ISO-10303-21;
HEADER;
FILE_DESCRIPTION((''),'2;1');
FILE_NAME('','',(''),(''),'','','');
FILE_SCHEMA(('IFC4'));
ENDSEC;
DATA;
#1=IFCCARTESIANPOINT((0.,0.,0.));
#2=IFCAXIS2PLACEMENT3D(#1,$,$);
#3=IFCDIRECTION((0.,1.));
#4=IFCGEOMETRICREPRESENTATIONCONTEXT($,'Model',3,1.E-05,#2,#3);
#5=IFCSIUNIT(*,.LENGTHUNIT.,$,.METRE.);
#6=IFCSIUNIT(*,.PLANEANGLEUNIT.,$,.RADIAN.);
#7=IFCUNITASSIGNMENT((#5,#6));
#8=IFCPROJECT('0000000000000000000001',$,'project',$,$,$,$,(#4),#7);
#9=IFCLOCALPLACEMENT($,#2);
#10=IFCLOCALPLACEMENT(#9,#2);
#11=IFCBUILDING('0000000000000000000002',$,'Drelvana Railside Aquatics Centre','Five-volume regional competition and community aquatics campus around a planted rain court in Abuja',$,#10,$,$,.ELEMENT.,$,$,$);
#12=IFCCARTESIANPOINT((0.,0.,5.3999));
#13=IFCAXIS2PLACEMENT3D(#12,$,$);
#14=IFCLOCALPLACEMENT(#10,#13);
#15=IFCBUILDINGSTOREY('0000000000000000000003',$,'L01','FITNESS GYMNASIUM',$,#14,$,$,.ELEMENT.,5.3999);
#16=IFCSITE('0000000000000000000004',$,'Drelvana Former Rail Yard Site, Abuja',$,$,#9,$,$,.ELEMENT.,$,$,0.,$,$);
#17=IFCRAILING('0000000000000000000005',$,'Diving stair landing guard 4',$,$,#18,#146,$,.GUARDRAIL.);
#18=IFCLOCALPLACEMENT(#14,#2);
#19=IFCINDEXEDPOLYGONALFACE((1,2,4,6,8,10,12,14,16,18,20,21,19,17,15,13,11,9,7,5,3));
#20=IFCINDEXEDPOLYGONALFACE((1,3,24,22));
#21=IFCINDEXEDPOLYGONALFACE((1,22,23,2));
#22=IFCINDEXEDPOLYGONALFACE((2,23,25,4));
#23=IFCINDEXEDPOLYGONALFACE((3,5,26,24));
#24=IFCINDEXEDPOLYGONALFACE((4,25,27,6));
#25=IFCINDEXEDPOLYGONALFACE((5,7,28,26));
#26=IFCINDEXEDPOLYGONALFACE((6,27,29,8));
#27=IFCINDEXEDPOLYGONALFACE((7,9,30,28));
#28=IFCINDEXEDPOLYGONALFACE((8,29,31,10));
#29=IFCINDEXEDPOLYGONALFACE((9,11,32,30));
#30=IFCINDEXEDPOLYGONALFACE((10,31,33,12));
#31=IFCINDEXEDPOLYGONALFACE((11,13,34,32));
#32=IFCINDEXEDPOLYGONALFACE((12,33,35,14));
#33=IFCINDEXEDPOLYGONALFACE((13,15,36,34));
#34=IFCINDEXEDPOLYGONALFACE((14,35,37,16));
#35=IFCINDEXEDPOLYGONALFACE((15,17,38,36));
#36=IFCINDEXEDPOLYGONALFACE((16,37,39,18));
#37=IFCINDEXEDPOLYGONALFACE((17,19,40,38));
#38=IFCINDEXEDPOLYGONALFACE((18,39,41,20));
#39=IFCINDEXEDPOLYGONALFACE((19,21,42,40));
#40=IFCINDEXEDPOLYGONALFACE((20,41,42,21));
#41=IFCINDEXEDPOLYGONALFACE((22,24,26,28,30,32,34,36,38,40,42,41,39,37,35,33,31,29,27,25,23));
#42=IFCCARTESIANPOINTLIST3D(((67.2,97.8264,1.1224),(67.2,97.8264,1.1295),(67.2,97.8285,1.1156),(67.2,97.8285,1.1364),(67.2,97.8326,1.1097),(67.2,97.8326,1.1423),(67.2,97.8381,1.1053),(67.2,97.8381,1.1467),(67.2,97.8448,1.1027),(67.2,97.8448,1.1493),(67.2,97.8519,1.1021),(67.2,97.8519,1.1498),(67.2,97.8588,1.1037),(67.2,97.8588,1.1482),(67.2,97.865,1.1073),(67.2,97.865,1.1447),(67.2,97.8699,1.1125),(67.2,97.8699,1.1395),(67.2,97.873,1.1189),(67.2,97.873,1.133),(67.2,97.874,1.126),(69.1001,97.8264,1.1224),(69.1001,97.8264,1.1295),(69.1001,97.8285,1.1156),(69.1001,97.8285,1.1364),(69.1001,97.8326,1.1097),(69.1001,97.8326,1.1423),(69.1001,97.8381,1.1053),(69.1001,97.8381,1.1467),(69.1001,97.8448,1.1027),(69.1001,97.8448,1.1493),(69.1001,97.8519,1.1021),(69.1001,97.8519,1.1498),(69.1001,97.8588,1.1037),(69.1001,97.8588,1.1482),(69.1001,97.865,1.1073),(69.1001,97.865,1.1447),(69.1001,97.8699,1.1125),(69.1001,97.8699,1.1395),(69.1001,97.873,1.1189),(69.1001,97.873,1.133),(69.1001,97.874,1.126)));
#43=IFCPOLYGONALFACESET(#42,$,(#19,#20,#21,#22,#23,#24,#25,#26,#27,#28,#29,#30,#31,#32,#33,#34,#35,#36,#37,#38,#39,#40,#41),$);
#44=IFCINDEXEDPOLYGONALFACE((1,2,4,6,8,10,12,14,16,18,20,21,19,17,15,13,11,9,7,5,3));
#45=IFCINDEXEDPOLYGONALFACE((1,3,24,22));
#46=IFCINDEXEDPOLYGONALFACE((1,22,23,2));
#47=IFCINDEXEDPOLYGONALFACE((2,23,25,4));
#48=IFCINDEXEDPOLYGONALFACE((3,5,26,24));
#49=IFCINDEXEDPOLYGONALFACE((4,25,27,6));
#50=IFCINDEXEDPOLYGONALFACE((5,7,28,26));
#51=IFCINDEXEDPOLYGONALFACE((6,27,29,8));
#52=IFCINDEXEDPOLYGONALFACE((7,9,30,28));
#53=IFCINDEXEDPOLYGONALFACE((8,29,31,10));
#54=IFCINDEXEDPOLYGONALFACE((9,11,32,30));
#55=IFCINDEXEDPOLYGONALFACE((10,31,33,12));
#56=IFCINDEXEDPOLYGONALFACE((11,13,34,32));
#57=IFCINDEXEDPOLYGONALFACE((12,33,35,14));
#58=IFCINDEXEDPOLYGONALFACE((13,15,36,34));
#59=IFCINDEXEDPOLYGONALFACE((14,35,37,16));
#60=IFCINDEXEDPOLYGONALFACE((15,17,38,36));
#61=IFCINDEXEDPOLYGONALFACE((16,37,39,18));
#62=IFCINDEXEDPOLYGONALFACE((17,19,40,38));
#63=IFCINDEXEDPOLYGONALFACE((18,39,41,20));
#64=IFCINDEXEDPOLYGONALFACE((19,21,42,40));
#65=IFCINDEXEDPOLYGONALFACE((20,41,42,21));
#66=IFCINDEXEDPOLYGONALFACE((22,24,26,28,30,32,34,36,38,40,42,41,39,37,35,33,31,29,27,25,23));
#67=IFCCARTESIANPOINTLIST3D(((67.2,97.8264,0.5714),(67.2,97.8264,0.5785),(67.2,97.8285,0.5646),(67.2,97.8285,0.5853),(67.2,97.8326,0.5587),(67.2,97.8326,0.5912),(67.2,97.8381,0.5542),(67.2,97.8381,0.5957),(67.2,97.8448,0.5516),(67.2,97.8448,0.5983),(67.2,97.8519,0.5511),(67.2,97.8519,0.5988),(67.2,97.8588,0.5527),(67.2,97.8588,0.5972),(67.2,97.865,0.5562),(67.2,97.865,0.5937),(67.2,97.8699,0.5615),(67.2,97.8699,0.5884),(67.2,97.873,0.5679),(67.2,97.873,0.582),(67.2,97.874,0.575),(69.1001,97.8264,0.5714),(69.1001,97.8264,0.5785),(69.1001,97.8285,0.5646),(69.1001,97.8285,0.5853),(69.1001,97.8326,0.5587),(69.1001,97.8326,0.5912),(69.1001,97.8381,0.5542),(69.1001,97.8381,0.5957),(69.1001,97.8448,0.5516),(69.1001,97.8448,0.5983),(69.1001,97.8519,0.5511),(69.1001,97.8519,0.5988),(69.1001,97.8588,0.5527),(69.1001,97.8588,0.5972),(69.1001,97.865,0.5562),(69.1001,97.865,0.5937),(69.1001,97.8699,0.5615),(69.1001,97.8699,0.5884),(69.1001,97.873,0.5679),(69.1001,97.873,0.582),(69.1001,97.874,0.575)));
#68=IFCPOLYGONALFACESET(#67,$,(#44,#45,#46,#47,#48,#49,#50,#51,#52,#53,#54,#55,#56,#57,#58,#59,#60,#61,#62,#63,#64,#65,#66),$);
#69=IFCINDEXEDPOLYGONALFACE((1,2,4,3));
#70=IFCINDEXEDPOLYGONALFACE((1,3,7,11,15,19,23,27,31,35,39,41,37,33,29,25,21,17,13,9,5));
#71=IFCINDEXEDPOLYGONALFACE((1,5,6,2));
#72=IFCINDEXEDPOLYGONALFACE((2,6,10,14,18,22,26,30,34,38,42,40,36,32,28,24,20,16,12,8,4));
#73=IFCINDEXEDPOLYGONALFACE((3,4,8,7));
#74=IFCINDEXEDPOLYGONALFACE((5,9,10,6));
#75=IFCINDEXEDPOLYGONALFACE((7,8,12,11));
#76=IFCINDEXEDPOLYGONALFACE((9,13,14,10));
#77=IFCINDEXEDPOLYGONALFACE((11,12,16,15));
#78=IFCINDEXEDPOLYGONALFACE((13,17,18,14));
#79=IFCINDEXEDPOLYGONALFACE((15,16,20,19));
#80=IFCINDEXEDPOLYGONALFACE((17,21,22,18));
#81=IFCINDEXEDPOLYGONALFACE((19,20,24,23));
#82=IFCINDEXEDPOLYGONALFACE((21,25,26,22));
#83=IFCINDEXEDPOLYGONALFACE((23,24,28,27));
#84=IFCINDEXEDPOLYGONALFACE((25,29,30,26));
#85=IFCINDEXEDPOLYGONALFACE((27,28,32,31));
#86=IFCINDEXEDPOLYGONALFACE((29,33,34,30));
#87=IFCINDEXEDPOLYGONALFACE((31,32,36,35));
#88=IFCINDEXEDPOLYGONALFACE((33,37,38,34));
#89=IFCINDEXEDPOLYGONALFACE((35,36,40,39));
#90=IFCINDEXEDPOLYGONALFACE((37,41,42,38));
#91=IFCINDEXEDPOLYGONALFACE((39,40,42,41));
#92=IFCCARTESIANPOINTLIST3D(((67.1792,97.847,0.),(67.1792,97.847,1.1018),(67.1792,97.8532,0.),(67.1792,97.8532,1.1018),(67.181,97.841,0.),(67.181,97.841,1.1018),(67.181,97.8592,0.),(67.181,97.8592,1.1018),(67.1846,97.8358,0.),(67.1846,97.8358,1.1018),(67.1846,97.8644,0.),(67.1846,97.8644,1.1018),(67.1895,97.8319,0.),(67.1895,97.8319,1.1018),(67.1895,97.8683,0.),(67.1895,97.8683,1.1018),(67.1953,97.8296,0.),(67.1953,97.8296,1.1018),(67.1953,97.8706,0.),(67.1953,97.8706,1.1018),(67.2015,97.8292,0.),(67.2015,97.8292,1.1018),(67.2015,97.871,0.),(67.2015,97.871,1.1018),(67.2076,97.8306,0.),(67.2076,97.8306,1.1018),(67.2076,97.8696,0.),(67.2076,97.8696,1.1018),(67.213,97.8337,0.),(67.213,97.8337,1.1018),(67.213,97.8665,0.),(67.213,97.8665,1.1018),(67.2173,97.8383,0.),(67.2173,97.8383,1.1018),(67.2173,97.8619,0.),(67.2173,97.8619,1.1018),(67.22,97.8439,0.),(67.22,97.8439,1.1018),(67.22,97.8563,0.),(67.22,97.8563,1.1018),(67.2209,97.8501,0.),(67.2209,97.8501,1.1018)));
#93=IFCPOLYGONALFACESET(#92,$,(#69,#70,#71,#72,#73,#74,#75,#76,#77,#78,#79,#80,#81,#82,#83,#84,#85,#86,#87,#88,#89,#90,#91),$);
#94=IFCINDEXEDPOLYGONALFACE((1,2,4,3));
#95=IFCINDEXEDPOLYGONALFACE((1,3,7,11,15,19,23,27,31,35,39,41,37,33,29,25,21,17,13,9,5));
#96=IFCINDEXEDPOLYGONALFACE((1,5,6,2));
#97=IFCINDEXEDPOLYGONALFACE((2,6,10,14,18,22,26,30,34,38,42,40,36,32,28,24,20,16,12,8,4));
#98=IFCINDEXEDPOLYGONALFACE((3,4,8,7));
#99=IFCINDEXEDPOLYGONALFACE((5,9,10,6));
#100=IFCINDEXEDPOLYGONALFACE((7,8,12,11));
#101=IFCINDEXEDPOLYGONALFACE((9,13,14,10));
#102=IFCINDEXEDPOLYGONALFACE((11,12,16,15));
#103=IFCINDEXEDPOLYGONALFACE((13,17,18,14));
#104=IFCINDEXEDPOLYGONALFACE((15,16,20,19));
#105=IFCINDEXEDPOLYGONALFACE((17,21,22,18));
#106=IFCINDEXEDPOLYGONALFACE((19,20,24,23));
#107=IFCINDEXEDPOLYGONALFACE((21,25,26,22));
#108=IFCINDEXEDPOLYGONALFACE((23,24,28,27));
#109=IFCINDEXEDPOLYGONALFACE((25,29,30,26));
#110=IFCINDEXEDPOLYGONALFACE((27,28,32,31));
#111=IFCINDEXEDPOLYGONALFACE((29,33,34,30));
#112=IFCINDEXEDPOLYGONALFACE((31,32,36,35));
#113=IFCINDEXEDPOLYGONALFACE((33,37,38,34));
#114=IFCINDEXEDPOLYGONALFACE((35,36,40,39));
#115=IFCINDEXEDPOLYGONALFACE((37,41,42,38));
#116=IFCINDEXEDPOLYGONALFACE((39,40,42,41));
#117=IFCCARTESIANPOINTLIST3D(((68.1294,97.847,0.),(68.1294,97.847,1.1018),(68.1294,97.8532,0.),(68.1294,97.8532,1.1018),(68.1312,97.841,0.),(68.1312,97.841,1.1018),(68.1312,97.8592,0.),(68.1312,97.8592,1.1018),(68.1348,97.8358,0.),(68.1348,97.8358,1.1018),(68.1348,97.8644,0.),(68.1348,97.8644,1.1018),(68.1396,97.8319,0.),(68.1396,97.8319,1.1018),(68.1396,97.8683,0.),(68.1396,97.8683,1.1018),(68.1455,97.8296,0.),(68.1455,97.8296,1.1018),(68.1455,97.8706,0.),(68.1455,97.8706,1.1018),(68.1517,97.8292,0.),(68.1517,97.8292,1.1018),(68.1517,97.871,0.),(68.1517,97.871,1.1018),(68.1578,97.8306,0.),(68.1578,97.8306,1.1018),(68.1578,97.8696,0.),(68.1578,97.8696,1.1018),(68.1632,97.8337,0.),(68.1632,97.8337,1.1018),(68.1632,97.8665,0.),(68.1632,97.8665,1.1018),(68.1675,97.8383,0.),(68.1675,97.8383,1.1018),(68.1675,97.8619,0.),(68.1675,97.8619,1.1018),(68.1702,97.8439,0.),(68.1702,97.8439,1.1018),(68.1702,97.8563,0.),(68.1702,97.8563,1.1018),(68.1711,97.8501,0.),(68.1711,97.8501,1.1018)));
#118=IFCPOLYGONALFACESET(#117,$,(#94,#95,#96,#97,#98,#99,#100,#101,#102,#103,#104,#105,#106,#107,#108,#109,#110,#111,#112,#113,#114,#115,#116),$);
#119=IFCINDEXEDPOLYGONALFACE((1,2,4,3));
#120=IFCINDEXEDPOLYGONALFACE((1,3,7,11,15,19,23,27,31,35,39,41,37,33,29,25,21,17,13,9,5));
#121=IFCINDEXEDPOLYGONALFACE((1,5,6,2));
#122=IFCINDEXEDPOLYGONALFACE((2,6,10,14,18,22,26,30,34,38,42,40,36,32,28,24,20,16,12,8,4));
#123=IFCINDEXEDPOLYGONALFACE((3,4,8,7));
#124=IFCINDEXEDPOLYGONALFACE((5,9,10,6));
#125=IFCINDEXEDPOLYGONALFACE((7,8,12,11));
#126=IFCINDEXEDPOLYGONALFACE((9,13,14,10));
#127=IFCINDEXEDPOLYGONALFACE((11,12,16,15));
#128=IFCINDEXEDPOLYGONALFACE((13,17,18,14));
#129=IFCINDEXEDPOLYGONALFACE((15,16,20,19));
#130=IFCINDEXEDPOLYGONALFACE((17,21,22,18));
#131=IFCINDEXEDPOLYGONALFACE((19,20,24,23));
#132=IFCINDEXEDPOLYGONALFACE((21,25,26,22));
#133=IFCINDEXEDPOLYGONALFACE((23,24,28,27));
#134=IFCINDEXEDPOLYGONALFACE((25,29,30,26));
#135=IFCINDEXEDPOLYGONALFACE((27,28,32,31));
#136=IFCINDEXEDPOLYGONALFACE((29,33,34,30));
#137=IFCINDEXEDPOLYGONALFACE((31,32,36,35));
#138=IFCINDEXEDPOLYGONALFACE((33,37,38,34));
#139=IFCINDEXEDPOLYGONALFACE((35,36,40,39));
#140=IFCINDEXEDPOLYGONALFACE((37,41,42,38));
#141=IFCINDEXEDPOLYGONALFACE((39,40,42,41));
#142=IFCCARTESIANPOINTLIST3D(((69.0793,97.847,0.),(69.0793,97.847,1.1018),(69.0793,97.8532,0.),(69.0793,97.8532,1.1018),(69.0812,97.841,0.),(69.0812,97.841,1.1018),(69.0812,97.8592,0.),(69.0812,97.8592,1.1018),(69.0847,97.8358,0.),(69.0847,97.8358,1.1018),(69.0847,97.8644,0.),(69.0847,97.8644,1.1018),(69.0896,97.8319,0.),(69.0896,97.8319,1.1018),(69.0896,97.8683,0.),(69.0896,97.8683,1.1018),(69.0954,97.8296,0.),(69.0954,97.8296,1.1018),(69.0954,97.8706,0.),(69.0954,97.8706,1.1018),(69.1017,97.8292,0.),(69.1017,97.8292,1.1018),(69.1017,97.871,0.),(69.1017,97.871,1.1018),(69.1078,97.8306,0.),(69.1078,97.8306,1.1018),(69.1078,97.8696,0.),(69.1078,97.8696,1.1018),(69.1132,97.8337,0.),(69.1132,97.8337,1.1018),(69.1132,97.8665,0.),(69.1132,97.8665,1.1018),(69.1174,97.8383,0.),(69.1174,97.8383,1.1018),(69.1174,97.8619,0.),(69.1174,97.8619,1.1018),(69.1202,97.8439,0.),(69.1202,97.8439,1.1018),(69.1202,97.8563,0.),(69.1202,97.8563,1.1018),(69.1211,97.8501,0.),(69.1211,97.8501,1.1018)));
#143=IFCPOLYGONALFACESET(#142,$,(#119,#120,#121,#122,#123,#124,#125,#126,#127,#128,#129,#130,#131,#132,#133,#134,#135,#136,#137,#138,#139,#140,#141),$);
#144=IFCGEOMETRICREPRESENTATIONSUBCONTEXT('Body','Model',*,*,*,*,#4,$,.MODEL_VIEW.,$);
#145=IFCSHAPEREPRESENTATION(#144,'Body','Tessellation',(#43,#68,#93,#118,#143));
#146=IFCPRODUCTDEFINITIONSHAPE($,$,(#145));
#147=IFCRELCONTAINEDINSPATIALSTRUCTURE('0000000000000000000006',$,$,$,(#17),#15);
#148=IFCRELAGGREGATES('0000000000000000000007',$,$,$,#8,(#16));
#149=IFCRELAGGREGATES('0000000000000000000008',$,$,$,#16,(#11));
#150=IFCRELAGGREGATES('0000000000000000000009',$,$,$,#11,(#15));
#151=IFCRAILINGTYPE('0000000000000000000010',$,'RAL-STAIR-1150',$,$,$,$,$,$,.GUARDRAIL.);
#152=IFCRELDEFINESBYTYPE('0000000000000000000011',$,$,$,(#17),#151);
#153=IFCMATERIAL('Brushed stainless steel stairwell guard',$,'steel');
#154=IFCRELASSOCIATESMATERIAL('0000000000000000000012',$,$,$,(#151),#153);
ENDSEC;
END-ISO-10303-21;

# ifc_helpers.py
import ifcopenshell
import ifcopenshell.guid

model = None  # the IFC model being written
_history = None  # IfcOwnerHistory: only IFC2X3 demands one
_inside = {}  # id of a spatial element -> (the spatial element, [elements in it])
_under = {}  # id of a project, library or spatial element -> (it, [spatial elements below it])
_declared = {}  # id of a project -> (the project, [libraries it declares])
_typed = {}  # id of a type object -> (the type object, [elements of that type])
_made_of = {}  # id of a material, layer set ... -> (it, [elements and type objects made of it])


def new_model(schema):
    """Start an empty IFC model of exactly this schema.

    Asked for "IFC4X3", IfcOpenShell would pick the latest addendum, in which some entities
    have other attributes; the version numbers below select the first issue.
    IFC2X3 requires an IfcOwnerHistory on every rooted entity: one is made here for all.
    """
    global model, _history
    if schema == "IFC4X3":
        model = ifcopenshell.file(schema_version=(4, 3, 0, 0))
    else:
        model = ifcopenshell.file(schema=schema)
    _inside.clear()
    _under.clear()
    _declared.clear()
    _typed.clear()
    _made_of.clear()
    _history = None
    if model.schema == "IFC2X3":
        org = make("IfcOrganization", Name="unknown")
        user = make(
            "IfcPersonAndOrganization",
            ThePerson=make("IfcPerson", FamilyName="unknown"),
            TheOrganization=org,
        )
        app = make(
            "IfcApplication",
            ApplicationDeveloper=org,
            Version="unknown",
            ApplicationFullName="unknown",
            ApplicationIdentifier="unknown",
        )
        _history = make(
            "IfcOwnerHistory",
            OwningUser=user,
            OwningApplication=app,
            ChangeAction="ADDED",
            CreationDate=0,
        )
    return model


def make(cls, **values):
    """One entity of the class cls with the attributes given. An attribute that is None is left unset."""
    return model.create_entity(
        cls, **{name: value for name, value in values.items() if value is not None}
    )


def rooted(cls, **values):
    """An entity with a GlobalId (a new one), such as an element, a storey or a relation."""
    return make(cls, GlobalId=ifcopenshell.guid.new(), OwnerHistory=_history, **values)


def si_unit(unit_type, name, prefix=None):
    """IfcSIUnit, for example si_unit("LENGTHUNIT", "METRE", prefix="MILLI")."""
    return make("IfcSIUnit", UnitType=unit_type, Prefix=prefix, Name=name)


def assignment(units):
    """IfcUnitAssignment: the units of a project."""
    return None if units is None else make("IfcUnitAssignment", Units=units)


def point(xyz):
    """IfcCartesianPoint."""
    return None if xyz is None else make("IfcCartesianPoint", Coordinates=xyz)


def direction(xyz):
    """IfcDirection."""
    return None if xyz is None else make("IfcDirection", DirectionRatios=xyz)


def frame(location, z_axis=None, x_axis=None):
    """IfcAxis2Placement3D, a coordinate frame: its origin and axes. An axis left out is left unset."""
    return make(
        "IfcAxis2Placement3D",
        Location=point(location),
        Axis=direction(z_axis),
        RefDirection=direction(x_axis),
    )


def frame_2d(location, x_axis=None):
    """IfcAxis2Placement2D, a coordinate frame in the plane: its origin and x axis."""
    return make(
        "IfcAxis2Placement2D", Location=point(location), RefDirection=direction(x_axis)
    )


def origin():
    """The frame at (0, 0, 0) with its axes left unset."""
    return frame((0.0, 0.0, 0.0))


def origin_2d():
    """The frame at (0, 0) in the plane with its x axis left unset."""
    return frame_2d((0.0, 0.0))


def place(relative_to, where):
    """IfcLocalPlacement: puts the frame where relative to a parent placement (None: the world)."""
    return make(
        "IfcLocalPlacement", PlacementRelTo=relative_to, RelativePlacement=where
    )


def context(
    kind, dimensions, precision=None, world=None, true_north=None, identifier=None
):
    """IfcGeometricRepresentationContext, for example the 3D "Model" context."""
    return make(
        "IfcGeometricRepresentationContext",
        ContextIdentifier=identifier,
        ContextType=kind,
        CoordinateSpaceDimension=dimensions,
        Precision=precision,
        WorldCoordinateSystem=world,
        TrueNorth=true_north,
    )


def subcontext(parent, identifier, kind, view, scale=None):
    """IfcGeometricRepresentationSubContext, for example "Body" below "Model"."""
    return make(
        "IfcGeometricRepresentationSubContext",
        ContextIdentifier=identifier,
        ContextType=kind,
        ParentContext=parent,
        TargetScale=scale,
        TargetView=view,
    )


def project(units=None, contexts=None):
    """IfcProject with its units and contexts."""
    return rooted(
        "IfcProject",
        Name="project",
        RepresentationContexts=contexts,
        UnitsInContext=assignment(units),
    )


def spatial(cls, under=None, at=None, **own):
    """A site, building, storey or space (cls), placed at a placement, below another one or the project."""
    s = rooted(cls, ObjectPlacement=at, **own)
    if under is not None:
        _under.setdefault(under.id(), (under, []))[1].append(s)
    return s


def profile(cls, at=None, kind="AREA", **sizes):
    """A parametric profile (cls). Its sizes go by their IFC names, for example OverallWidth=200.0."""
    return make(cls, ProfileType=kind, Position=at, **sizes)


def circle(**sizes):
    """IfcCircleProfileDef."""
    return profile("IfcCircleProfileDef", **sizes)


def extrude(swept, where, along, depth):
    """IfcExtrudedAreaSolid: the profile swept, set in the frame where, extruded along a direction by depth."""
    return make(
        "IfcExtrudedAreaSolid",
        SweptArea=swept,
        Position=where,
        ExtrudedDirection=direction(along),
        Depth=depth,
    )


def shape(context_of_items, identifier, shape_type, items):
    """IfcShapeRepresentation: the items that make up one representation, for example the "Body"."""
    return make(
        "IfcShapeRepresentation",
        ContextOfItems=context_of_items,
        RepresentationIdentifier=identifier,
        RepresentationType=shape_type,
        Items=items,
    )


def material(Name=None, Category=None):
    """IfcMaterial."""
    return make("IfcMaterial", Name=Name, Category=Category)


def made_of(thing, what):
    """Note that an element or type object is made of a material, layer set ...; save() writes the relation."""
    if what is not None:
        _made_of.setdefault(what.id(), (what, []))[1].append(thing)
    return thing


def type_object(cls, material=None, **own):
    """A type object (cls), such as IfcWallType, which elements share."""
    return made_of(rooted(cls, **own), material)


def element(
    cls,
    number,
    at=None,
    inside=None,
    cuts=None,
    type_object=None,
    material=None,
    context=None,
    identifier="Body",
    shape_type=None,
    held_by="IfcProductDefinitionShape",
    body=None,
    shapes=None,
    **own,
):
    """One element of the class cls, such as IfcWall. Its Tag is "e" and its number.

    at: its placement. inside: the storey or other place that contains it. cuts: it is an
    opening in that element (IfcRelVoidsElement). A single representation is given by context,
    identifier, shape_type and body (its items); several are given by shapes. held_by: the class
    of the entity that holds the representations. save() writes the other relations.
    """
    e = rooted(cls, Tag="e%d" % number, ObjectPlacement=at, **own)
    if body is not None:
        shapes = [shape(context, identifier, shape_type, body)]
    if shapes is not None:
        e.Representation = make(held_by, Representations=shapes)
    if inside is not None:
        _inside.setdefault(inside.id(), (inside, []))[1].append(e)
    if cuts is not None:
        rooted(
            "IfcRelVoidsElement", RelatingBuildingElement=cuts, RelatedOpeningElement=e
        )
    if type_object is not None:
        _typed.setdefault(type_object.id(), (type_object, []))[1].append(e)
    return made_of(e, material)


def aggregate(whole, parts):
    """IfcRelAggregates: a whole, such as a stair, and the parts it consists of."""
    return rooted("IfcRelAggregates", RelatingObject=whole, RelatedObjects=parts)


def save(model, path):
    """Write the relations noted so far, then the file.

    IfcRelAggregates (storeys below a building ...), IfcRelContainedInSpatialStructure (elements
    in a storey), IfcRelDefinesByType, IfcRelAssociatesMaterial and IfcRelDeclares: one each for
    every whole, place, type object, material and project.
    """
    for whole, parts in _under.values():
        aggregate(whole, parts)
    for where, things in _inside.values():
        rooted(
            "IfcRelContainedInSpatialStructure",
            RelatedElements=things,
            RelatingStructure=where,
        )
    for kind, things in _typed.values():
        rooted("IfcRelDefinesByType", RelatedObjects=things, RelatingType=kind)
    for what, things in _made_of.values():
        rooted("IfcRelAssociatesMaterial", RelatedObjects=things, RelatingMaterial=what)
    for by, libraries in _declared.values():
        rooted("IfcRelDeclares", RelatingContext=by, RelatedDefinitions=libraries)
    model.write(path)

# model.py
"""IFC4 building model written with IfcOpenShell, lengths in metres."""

from ifc_helpers import new_model, si_unit, direction, frame, origin, origin_2d, place, context, subcontext, project, spatial, circle, extrude, material, type_object, element, save


model = new_model("IFC4")

# Units and contexts
model_context = context("Model", 3, precision=1e-05, world=origin(), true_north=direction((0.0, 1.0)))
body_context = subcontext(model_context, "Body", "Model", "MODEL_VIEW")
ifc_project = project(units=[si_unit("LENGTHUNIT", "METRE"), si_unit("PLANEANGLEUNIT", "RADIAN")], contexts=[model_context])

# Site, building, storey
site_placement = place(None, origin())
site = spatial("IfcSite", under=ifc_project, at=site_placement, Name="Drelvana Former Rail Yard Site, Abuja", CompositionType="ELEMENT", RefElevation=0.0)
building_placement = place(site_placement, origin())
building = spatial("IfcBuilding", under=site, at=building_placement, Name="Drelvana Railside Aquatics Centre", Description="Five-volume regional competition and community aquatics campus around a planted rain court in Abuja", CompositionType="ELEMENT")
storey_placement = place(building_placement, frame((0.0, 0.0, 5.3999)))
storey = spatial("IfcBuildingStorey", under=building, at=storey_placement, Name="L01", Description="FITNESS GYMNASIUM", CompositionType="ELEMENT", Elevation=5.3999)

# Railing
ifc_material_1 = material(Name="Brushed stainless steel stairwell guard", Category="steel")
railing_type_1 = type_object("IfcRailingType", Name="RAL-STAIR-1150", PredefinedType="GUARDRAIL", material=ifc_material_1)
railing_1_placement = place(storey_placement, frame((67.2, 97.8501, 0.0)))
element("IfcRailing", 1, at=railing_1_placement, inside=storey, type_object=railing_type_1, Name="Diving stair landing guard 4", PredefinedType="GUARDRAIL", context=body_context, shape_type="SweptSolid", body=[
    extrude(circle(Radius=0.0239, at=origin_2d()), frame((0.0, 0.0, 1.126), z_axis=(1.0, 0.0, 0.0), x_axis=(0.0, 1.0, 0.0)), (0.0, 0.0, 1.0), 1.9001),
    extrude(circle(Radius=0.0239, at=origin_2d()), frame((0.0, 0.0, 0.575), z_axis=(1.0, 0.0, 0.0), x_axis=(0.0, 1.0, 0.0)), (0.0, 0.0, 1.0), 1.9001),
    extrude(circle(Radius=0.021, at=origin_2d()), origin(), (0.0, 0.0, 1.0), 1.1018),
    extrude(circle(Radius=0.021, at=origin_2d()), frame((0.9502, 0.0, 0.0)), (0.0, 0.0, 1.0), 1.1018),
    extrude(circle(Radius=0.021, at=origin_2d()), frame((1.9001, 0.0, 0.0)), (0.0, 0.0, 1.0), 1.1018),
])

save(model, "model.ifc")
